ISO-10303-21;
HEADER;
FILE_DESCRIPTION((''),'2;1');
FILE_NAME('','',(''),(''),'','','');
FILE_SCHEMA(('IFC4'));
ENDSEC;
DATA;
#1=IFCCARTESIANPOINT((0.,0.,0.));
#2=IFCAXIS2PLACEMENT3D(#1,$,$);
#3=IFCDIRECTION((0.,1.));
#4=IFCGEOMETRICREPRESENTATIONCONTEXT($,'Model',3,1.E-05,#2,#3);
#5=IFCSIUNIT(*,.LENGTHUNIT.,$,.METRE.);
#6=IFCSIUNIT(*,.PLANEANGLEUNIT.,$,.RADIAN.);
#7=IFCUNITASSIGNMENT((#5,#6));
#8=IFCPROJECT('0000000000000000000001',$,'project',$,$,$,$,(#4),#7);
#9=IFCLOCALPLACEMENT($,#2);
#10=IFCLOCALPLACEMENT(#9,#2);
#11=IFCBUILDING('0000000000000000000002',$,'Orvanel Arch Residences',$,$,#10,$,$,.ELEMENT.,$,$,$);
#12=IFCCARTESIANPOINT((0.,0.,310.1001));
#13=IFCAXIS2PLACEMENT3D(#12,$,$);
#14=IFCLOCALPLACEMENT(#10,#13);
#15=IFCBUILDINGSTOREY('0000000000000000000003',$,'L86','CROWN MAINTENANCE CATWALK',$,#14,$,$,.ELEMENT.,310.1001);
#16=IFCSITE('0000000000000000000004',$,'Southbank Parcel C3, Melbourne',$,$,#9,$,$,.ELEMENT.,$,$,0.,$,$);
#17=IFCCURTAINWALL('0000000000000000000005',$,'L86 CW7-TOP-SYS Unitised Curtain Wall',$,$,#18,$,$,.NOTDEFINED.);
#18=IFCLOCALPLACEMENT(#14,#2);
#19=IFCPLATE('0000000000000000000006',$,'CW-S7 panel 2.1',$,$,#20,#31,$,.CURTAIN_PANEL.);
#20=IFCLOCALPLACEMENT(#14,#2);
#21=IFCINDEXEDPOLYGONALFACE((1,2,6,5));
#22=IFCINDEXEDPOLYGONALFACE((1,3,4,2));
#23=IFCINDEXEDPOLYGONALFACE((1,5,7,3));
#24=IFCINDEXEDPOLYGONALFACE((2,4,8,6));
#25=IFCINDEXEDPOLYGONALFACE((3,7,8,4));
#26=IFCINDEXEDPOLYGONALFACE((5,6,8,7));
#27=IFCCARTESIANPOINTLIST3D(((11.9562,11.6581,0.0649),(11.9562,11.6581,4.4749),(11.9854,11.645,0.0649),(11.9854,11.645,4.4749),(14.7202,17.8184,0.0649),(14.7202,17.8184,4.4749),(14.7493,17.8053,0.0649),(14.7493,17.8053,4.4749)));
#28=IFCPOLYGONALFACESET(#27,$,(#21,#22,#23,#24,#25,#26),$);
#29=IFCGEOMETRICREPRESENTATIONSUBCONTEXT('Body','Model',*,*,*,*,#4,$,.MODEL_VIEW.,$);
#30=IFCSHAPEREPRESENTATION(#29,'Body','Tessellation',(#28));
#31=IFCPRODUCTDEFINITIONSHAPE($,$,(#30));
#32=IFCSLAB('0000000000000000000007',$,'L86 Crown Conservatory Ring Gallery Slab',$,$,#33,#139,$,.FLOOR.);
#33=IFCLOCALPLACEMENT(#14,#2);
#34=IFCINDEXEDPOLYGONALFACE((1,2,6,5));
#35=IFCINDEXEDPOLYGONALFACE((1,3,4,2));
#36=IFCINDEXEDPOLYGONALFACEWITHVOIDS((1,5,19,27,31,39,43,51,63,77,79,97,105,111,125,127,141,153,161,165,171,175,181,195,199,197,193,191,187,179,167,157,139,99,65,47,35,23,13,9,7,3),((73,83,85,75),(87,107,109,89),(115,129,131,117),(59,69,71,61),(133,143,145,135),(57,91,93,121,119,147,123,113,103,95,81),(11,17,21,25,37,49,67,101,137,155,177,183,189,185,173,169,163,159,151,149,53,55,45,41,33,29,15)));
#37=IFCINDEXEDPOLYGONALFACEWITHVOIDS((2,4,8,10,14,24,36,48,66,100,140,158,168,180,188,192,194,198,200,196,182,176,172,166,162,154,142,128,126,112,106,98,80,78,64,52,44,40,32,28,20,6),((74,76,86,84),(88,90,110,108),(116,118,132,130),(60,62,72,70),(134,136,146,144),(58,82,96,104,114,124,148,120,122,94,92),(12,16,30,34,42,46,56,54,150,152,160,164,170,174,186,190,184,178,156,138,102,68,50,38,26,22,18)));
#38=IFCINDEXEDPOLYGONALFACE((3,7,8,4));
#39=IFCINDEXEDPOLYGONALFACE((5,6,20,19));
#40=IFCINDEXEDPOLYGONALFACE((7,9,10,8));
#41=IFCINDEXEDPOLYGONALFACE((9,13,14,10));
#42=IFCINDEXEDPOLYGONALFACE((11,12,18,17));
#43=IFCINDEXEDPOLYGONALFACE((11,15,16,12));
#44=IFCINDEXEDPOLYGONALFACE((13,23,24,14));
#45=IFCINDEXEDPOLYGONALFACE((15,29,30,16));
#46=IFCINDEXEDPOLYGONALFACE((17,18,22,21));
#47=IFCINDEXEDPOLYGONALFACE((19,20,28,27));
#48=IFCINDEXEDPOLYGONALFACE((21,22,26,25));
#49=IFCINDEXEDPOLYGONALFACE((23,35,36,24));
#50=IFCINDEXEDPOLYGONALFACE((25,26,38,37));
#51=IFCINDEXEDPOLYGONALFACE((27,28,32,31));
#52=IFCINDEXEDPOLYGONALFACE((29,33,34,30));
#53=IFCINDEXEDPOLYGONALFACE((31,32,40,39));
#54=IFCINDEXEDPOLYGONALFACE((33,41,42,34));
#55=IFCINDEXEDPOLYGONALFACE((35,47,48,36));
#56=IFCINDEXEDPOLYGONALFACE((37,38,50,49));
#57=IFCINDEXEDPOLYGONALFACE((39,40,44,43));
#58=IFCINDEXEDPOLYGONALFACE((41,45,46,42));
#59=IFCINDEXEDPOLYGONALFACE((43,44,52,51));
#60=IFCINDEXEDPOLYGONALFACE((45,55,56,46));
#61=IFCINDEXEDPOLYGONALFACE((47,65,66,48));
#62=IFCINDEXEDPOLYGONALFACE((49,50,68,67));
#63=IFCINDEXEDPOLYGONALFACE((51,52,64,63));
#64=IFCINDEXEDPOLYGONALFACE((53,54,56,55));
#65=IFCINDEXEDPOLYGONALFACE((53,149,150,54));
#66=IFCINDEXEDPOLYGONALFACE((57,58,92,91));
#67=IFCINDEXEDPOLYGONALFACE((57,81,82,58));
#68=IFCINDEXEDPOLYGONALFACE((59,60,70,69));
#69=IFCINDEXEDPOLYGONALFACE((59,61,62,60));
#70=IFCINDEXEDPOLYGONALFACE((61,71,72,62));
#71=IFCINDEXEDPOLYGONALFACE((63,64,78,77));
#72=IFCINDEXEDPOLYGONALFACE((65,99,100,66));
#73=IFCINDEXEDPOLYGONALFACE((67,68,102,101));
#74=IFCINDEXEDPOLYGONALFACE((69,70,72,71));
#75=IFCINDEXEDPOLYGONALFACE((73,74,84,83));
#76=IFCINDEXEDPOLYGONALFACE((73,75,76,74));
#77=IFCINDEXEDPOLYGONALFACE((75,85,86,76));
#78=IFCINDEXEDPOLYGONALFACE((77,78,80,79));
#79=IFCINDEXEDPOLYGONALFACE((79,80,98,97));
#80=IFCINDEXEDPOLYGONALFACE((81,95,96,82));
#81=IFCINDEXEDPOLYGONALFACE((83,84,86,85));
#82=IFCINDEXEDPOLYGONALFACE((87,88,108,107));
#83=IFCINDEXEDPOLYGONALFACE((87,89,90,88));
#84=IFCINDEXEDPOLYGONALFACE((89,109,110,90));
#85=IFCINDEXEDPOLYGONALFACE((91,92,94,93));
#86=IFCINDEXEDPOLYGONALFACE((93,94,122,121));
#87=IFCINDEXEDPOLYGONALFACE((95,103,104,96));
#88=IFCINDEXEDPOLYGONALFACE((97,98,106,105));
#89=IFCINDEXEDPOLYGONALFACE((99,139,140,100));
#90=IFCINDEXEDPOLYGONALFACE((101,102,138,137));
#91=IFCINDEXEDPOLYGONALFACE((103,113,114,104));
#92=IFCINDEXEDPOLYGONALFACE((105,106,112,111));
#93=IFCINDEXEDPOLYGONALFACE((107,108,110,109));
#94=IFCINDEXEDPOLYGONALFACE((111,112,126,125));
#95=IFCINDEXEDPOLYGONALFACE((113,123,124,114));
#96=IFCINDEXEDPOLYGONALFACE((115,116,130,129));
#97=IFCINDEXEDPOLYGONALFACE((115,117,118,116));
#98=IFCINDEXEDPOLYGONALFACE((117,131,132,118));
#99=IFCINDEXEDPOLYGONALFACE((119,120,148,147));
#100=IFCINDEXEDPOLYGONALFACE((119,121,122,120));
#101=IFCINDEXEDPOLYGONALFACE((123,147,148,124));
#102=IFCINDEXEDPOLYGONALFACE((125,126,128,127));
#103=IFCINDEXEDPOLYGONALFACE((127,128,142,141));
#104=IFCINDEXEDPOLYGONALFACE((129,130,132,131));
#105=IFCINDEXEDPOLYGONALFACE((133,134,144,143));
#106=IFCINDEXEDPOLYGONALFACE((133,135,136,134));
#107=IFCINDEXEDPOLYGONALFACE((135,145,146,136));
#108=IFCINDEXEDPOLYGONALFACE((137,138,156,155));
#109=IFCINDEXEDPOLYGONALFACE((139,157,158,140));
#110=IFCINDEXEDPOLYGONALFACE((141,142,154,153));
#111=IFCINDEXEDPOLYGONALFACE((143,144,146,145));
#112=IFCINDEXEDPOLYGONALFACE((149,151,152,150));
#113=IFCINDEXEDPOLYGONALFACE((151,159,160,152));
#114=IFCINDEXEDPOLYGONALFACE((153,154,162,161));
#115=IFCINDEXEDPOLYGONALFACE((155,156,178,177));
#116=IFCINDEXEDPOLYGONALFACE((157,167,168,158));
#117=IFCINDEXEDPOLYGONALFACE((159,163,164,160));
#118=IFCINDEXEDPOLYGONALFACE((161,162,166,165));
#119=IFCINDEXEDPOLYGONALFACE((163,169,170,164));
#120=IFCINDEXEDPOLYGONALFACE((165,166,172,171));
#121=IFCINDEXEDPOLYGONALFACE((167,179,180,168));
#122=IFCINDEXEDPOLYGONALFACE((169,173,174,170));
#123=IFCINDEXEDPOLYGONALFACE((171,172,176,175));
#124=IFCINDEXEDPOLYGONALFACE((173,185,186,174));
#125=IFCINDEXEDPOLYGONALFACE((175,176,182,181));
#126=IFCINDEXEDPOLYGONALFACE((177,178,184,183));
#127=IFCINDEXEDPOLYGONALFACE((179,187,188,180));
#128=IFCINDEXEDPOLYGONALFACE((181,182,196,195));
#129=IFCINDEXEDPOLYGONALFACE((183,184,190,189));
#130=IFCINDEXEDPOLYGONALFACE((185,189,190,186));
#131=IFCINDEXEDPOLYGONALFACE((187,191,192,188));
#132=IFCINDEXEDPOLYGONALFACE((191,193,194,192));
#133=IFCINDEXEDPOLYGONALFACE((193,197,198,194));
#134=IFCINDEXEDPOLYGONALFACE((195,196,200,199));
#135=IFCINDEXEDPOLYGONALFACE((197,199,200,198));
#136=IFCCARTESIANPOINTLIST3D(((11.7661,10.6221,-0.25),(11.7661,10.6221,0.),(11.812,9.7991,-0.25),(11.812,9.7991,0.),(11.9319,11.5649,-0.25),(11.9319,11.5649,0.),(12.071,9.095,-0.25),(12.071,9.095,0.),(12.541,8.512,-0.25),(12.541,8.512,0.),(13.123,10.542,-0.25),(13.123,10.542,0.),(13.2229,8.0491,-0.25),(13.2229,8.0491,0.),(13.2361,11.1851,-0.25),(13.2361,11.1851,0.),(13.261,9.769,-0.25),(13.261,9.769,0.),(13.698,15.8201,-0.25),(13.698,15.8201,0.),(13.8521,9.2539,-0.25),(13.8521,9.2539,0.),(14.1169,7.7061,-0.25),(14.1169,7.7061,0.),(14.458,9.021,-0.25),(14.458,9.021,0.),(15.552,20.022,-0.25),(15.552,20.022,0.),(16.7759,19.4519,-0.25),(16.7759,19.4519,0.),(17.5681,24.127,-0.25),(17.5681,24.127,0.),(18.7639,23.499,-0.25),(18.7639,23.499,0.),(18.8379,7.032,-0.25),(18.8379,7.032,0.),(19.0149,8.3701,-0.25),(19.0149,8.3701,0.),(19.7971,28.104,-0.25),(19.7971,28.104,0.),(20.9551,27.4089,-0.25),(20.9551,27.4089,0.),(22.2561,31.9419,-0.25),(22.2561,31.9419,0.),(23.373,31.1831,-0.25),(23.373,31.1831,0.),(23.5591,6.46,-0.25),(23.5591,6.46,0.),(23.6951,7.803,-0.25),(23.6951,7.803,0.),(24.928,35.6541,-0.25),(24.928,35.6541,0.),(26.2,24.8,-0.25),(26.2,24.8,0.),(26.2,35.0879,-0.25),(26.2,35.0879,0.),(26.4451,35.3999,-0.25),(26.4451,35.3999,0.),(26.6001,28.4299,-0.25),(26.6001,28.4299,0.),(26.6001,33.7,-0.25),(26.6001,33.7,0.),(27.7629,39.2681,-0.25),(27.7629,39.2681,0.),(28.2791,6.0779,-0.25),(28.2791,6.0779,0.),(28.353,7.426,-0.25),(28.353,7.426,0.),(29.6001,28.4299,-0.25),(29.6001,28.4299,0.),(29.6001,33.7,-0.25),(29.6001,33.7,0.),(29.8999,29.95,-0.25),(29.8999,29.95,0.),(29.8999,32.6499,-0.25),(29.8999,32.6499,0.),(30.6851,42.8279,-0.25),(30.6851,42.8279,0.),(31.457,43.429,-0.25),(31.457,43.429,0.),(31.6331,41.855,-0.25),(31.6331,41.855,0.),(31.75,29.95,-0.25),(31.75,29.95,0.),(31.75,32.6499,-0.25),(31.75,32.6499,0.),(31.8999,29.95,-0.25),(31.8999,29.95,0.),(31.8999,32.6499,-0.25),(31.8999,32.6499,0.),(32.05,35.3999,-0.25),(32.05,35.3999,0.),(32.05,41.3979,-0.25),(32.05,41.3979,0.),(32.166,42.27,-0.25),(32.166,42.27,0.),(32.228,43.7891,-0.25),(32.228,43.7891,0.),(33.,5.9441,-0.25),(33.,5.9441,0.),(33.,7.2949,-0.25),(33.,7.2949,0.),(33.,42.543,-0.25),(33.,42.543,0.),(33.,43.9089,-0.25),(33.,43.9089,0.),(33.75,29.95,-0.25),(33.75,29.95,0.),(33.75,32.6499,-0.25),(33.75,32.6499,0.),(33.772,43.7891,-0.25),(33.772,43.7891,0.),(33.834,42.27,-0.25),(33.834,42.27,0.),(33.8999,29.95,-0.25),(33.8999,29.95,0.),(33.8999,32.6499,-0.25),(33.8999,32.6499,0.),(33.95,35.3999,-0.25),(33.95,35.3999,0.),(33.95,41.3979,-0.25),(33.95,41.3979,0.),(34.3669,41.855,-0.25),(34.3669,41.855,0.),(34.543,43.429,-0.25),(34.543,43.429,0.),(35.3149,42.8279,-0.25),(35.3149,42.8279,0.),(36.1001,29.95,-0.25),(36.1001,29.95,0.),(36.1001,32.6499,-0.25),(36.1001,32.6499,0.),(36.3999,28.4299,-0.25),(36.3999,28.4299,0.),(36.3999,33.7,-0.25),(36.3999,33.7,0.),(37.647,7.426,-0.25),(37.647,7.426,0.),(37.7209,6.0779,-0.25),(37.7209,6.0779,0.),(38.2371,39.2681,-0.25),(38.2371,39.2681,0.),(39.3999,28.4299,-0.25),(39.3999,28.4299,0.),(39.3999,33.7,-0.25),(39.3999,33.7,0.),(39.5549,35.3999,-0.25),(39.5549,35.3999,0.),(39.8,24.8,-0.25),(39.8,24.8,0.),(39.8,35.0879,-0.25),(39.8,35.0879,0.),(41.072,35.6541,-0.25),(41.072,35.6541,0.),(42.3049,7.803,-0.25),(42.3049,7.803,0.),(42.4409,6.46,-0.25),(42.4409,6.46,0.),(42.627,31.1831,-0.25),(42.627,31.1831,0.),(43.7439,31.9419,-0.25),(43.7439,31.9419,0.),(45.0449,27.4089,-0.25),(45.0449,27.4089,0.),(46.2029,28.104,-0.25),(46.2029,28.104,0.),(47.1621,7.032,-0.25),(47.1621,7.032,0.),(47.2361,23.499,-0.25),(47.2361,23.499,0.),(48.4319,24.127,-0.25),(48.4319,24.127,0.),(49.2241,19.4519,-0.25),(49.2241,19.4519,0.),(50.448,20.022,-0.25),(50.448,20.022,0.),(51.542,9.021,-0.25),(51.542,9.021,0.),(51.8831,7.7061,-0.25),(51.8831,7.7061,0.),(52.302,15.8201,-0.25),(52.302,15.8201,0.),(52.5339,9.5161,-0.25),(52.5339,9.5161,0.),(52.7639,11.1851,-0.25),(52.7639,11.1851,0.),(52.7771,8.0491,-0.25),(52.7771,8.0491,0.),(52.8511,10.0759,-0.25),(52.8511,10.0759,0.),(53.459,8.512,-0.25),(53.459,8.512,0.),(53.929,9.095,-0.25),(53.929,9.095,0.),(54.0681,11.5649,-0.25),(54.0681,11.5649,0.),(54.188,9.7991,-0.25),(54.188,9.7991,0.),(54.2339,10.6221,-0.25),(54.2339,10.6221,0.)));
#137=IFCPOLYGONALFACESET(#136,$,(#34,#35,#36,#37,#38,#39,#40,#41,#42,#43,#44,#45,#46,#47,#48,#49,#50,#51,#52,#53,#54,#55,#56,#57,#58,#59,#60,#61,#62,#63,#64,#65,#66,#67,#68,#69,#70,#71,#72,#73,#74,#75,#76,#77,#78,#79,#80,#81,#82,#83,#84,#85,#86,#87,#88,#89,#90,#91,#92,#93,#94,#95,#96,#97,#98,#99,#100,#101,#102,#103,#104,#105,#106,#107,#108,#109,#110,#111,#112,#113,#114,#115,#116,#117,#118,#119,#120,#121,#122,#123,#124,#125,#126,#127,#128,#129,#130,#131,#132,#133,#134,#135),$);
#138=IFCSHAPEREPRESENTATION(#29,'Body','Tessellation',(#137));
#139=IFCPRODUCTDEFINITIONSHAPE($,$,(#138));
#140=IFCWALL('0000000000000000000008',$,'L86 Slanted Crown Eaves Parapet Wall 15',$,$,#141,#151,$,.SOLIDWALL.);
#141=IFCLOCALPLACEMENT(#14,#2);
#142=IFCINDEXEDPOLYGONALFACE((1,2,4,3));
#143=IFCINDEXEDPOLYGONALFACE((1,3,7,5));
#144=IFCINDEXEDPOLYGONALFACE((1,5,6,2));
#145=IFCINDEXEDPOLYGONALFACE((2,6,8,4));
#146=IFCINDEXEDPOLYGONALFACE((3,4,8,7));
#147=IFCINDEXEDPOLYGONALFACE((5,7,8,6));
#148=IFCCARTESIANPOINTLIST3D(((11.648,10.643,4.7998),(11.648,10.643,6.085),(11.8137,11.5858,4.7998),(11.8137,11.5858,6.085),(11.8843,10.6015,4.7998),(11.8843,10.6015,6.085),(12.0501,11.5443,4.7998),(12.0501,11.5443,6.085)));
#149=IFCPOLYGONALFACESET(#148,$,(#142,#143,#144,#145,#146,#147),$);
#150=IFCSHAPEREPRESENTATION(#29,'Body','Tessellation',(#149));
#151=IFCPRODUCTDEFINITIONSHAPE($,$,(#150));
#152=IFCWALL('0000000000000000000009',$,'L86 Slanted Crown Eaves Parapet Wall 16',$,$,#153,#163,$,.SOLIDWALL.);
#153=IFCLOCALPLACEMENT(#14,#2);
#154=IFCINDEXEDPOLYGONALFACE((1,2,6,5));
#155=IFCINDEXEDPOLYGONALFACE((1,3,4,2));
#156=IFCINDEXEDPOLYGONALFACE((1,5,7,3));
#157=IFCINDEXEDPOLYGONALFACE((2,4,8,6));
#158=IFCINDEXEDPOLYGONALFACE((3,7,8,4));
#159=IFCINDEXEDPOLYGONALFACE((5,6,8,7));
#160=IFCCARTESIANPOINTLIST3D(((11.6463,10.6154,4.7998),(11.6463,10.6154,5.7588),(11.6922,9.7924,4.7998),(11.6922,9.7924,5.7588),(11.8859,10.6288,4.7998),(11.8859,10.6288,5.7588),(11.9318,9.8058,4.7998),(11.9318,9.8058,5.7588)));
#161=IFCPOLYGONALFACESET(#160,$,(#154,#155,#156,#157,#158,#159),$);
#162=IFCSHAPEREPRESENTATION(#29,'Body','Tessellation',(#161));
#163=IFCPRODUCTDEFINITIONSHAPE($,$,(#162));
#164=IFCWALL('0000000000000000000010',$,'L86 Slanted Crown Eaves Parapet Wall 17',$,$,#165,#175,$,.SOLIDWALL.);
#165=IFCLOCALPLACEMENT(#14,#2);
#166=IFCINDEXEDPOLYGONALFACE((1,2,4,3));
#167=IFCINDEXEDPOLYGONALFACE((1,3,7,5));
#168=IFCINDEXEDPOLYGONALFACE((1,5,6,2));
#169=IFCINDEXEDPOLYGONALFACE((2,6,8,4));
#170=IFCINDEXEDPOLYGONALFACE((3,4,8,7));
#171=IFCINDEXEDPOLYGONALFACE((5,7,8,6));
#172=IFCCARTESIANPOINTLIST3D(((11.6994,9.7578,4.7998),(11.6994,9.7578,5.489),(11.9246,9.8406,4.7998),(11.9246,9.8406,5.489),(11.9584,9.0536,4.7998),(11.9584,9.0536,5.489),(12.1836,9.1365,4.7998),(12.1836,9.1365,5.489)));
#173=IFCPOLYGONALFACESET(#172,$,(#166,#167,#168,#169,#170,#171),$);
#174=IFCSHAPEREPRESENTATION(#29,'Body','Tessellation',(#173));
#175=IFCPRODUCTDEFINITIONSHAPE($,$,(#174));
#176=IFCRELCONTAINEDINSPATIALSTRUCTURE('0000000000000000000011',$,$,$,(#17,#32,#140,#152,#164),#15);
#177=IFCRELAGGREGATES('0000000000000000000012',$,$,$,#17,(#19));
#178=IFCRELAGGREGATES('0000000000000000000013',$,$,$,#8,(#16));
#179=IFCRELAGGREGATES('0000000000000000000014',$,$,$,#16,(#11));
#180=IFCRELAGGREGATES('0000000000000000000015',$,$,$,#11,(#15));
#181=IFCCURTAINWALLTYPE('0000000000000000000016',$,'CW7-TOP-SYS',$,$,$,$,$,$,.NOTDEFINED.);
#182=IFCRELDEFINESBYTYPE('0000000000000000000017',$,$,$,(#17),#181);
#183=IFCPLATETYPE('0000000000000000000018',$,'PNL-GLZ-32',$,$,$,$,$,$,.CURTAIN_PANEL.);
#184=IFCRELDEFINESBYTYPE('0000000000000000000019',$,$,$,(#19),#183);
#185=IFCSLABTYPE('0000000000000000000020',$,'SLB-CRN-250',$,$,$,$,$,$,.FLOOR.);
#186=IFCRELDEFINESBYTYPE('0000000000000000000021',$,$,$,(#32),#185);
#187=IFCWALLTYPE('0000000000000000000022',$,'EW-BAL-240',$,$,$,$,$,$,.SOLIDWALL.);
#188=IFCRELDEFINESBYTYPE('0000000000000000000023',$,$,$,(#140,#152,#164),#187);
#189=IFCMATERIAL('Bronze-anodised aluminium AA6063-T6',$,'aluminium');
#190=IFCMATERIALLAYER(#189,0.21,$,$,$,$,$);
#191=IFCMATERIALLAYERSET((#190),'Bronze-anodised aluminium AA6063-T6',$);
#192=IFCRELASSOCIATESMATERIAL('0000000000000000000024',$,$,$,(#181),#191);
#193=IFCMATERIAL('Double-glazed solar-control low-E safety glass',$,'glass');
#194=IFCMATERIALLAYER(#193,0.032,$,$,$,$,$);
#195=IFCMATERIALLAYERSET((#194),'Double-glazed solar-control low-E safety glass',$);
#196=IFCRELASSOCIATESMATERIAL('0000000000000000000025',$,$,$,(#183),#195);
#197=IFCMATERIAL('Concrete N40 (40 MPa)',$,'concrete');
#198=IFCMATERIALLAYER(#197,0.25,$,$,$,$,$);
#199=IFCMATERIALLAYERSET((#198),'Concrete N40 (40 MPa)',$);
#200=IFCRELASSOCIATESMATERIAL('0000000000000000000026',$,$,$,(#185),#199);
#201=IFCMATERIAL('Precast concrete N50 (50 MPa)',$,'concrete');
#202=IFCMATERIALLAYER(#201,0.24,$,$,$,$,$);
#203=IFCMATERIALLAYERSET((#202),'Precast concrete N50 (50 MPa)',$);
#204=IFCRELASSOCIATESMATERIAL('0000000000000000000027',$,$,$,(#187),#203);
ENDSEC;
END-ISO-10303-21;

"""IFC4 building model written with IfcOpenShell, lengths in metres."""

from ifc_helpers import new_model, si_unit, direction, frame, frame_2d, origin, origin_2d, place, context, subcontext, project, spatial, polyline, rectangle, outline, extrude, material, layer, layer_set, type_object, element, aggregate, save


model = new_model("IFC4")

# Units and contexts
model_context = context("Model", 3, precision=1e-05, world=origin(), true_north=direction((0.0, 1.0)))
body_context = subcontext(model_context, "Body", "Model", "MODEL_VIEW")
ifc_project = project(units=[si_unit("LENGTHUNIT", "METRE"), si_unit("PLANEANGLEUNIT", "RADIAN")], contexts=[model_context])

# Site, building, storey
site_placement = place(None, origin())
site = spatial("IfcSite", under=ifc_project, at=site_placement, Name="Southbank Parcel C3, Melbourne", CompositionType="ELEMENT", RefElevation=0.0)
building_placement = place(site_placement, origin())
building = spatial("IfcBuilding", under=site, at=building_placement, Name="Orvanel Arch Residences", CompositionType="ELEMENT")
storey_placement = place(building_placement, frame((0.0, 0.0, 310.1001)))
storey = spatial("IfcBuildingStorey", under=building, at=storey_placement, Name="L86", Description="CROWN MAINTENANCE CATWALK", CompositionType="ELEMENT", Elevation=310.1001)

# Shared definitions
ifc_material_1 = material(Name="Bronze-anodised aluminium AA6063-T6", Category="aluminium")
ifc_layer_1 = layer(ifc_material_1, 0.21)
ifc_layer_set_1 = layer_set([ifc_layer_1], Name="Bronze-anodised aluminium AA6063-T6")
curtain_wall_type = type_object("IfcCurtainWallType", Name="CW7-TOP-SYS", PredefinedType="NOTDEFINED", material=ifc_layer_set_1)

# Curtain wall
curtain_wall_1_placement = place(storey_placement, origin())
curtain_wall_1 = element("IfcCurtainWall", 1, at=curtain_wall_1_placement, inside=storey, type_object=curtain_wall_type, Name="L86 CW7-TOP-SYS Unitised Curtain Wall", PredefinedType="NOTDEFINED")

# Plate
ifc_material_2 = material(Name="Double-glazed solar-control low-E safety glass", Category="glass")
ifc_layer_2 = layer(ifc_material_2, 0.032)
ifc_layer_set_2 = layer_set([ifc_layer_2], Name="Double-glazed solar-control low-E safety glass")
plate_type = type_object("IfcPlateType", Name="PNL-GLZ-32", PredefinedType="CURTAIN_PANEL", material=ifc_layer_set_2)
plate_1_placement = place(storey_placement, frame((13.3528, 14.7317, 0.0649), z_axis=(0.0, 0.0, 1.0), x_axis=(-0.409353, -0.912376, 0.0)))
plate_1 = element("IfcPlate", 2, at=plate_1_placement, type_object=plate_type, Name="CW-S7 panel 2.1", PredefinedType="CURTAIN_PANEL", context=body_context, shape_type="SweptSolid", body=[
    extrude(rectangle(XDim=6.752, YDim=0.032, at=origin_2d()), origin(), (0.0, 0.0, 1.0), 4.4099),
])
aggregate(curtain_wall_1, [plate_1])

# Slab
ifc_material_3 = material(Name="Concrete N40 (40 MPa)", Category="concrete")
ifc_layer_3 = layer(ifc_material_3, 0.25)
ifc_layer_set_3 = layer_set([ifc_layer_3], Name="Concrete N40 (40 MPa)")
slab_type = type_object("IfcSlabType", Name="SLB-CRN-250", PredefinedType="FLOOR", material=ifc_layer_set_3)
slab_placement = place(storey_placement, frame((0.0, 0.0, -0.25)))
element("IfcSlab", 3, at=slab_placement, inside=storey, type_object=slab_type, Name="L86 Crown Conservatory Ring Gallery Slab", PredefinedType="FLOOR", context=body_context, shape_type="SweptSolid", body=[
    extrude(outline(polyline([(35.3149, 42.8279), (34.543, 43.429), (33.772, 43.7891), (33.0, 43.9089), (32.228, 43.7891), (31.457, 43.429), (30.6851, 42.8279), (27.7629, 39.2681), (24.928, 35.6541), (22.2561, 31.9419), (19.7971, 28.104), (17.5681, 24.127), (15.552, 20.022), (13.698, 15.8201), (11.9319, 11.5649), (11.7661, 10.6221), (11.812, 9.7991), (12.071, 9.095), (12.541, 8.512), (13.2229, 8.0491), (14.1169, 7.7061), (18.8379, 7.032), (23.5591, 6.46), (28.2791, 6.0779), (33.0, 5.9441), (37.7209, 6.0779), (42.4409, 6.46), (47.1621, 7.032), (51.8831, 7.7061), (52.7771, 8.0491), (53.459, 8.512), (53.929, 9.095), (54.188, 9.7991), (54.2339, 10.6221), (54.0681, 11.5649), (52.302, 15.8201), (50.448, 20.022), (48.4319, 24.127), (46.2029, 28.104), (43.7439, 31.9419), (41.072, 35.6541), (38.2371, 39.2681), (35.3149, 42.8279)]), holes=[polyline([(26.6001, 28.4299), (26.6001, 33.7), (29.6001, 33.7), (29.6001, 28.4299), (26.6001, 28.4299)]), polyline([(36.3999, 28.4299), (36.3999, 33.7), (39.3999, 33.7), (39.3999, 28.4299), (36.3999, 28.4299)]), polyline([(29.8999, 32.6499), (31.75, 32.6499), (31.75, 29.95), (29.8999, 29.95), (29.8999, 32.6499)]), polyline([(31.8999, 32.6499), (33.75, 32.6499), (33.75, 29.95), (31.8999, 29.95), (31.8999, 32.6499)]), polyline([(33.8999, 32.6499), (36.1001, 32.6499), (36.1001, 29.95), (33.8999, 29.95), (33.8999, 32.6499)]), polyline([(39.5549, 35.3999), (33.95, 35.3999), (33.95, 41.3979), (32.05, 41.3979), (32.05, 35.3999), (26.4451, 35.3999), (31.6331, 41.855), (32.166, 42.27), (33.0, 42.543), (33.834, 42.27), (34.3669, 41.855), (39.5549, 35.3999)]), polyline([(42.627, 31.1831), (45.0449, 27.4089), (47.2361, 23.499), (49.2241, 19.4519), (52.7639, 11.1851), (52.8511, 10.0759), (52.5339, 9.5161), (51.542, 9.021), (42.3049, 7.803), (37.647, 7.426), (33.0, 7.2949), (28.353, 7.426), (23.6951, 7.803), (19.0149, 8.3701), (14.458, 9.021), (13.8521, 9.2539), (13.261, 9.769), (13.123, 10.542), (13.2361, 11.1851), (16.7759, 19.4519), (18.7639, 23.499), (20.9551, 27.4089), (23.373, 31.1831), (26.2, 35.0879), (26.2, 24.8), (39.8, 24.8), (39.8, 35.0879), (42.627, 31.1831)])]), origin(), (0.0, 0.0, 1.0), 0.25),
])

# Walls
ifc_material_4 = material(Name="Precast concrete N50 (50 MPa)", Category="concrete")
ifc_layer_4 = layer(ifc_material_4, 0.24)
ifc_layer_set_4 = layer_set([ifc_layer_4], Name="Precast concrete N50 (50 MPa)")
wall_type = type_object("IfcWallType", Name="EW-BAL-240", PredefinedType="SOLIDWALL", material=ifc_layer_set_4)
wall_1_placement = place(storey_placement, frame((11.9319, 11.5649, 4.7998), z_axis=(0.0, 0.0, 1.0), x_axis=(-0.17316, -0.984894, 0.0)))
element("IfcWall", 4, at=wall_1_placement, inside=storey, type_object=wall_type, Name="L86 Slanted Crown Eaves Parapet Wall 15", PredefinedType="SOLIDWALL", context=body_context, shape_type="SweptSolid", body=[
    extrude(rectangle(XDim=0.9573, YDim=0.24, at=frame_2d((0.4785, 0.0))), origin(), (0.0, 0.0, 1.0), 1.2852),
])
wall_2_placement = place(storey_placement, frame((11.7661, 10.6221, 4.7998), z_axis=(0.0, 0.0, 1.0), x_axis=(0.055683, -0.998448, 0.0)))
element("IfcWall", 5, at=wall_2_placement, inside=storey, type_object=wall_type, Name="L86 Slanted Crown Eaves Parapet Wall 16", PredefinedType="SOLIDWALL", context=body_context, shape_type="SweptSolid", body=[
    extrude(rectangle(XDim=0.8242, YDim=0.24, at=frame_2d((0.4121, 0.0))), origin(), (0.0, 0.0, 1.0), 0.959),
])
wall_3_placement = place(storey_placement, frame((11.812, 9.7991, 4.7998), z_axis=(0.0, 0.0, 1.0), x_axis=(0.345268, -0.938504, 0.0)))
element("IfcWall", 6, at=wall_3_placement, inside=storey, type_object=wall_type, Name="L86 Slanted Crown Eaves Parapet Wall 17", PredefinedType="SOLIDWALL", context=body_context, shape_type="SweptSolid", body=[
    extrude(rectangle(XDim=0.7502, YDim=0.24, at=frame_2d((0.375, 0.0))), origin(), (0.0, 0.0, 1.0), 0.6892),
])

save(model, "model.ifc")
